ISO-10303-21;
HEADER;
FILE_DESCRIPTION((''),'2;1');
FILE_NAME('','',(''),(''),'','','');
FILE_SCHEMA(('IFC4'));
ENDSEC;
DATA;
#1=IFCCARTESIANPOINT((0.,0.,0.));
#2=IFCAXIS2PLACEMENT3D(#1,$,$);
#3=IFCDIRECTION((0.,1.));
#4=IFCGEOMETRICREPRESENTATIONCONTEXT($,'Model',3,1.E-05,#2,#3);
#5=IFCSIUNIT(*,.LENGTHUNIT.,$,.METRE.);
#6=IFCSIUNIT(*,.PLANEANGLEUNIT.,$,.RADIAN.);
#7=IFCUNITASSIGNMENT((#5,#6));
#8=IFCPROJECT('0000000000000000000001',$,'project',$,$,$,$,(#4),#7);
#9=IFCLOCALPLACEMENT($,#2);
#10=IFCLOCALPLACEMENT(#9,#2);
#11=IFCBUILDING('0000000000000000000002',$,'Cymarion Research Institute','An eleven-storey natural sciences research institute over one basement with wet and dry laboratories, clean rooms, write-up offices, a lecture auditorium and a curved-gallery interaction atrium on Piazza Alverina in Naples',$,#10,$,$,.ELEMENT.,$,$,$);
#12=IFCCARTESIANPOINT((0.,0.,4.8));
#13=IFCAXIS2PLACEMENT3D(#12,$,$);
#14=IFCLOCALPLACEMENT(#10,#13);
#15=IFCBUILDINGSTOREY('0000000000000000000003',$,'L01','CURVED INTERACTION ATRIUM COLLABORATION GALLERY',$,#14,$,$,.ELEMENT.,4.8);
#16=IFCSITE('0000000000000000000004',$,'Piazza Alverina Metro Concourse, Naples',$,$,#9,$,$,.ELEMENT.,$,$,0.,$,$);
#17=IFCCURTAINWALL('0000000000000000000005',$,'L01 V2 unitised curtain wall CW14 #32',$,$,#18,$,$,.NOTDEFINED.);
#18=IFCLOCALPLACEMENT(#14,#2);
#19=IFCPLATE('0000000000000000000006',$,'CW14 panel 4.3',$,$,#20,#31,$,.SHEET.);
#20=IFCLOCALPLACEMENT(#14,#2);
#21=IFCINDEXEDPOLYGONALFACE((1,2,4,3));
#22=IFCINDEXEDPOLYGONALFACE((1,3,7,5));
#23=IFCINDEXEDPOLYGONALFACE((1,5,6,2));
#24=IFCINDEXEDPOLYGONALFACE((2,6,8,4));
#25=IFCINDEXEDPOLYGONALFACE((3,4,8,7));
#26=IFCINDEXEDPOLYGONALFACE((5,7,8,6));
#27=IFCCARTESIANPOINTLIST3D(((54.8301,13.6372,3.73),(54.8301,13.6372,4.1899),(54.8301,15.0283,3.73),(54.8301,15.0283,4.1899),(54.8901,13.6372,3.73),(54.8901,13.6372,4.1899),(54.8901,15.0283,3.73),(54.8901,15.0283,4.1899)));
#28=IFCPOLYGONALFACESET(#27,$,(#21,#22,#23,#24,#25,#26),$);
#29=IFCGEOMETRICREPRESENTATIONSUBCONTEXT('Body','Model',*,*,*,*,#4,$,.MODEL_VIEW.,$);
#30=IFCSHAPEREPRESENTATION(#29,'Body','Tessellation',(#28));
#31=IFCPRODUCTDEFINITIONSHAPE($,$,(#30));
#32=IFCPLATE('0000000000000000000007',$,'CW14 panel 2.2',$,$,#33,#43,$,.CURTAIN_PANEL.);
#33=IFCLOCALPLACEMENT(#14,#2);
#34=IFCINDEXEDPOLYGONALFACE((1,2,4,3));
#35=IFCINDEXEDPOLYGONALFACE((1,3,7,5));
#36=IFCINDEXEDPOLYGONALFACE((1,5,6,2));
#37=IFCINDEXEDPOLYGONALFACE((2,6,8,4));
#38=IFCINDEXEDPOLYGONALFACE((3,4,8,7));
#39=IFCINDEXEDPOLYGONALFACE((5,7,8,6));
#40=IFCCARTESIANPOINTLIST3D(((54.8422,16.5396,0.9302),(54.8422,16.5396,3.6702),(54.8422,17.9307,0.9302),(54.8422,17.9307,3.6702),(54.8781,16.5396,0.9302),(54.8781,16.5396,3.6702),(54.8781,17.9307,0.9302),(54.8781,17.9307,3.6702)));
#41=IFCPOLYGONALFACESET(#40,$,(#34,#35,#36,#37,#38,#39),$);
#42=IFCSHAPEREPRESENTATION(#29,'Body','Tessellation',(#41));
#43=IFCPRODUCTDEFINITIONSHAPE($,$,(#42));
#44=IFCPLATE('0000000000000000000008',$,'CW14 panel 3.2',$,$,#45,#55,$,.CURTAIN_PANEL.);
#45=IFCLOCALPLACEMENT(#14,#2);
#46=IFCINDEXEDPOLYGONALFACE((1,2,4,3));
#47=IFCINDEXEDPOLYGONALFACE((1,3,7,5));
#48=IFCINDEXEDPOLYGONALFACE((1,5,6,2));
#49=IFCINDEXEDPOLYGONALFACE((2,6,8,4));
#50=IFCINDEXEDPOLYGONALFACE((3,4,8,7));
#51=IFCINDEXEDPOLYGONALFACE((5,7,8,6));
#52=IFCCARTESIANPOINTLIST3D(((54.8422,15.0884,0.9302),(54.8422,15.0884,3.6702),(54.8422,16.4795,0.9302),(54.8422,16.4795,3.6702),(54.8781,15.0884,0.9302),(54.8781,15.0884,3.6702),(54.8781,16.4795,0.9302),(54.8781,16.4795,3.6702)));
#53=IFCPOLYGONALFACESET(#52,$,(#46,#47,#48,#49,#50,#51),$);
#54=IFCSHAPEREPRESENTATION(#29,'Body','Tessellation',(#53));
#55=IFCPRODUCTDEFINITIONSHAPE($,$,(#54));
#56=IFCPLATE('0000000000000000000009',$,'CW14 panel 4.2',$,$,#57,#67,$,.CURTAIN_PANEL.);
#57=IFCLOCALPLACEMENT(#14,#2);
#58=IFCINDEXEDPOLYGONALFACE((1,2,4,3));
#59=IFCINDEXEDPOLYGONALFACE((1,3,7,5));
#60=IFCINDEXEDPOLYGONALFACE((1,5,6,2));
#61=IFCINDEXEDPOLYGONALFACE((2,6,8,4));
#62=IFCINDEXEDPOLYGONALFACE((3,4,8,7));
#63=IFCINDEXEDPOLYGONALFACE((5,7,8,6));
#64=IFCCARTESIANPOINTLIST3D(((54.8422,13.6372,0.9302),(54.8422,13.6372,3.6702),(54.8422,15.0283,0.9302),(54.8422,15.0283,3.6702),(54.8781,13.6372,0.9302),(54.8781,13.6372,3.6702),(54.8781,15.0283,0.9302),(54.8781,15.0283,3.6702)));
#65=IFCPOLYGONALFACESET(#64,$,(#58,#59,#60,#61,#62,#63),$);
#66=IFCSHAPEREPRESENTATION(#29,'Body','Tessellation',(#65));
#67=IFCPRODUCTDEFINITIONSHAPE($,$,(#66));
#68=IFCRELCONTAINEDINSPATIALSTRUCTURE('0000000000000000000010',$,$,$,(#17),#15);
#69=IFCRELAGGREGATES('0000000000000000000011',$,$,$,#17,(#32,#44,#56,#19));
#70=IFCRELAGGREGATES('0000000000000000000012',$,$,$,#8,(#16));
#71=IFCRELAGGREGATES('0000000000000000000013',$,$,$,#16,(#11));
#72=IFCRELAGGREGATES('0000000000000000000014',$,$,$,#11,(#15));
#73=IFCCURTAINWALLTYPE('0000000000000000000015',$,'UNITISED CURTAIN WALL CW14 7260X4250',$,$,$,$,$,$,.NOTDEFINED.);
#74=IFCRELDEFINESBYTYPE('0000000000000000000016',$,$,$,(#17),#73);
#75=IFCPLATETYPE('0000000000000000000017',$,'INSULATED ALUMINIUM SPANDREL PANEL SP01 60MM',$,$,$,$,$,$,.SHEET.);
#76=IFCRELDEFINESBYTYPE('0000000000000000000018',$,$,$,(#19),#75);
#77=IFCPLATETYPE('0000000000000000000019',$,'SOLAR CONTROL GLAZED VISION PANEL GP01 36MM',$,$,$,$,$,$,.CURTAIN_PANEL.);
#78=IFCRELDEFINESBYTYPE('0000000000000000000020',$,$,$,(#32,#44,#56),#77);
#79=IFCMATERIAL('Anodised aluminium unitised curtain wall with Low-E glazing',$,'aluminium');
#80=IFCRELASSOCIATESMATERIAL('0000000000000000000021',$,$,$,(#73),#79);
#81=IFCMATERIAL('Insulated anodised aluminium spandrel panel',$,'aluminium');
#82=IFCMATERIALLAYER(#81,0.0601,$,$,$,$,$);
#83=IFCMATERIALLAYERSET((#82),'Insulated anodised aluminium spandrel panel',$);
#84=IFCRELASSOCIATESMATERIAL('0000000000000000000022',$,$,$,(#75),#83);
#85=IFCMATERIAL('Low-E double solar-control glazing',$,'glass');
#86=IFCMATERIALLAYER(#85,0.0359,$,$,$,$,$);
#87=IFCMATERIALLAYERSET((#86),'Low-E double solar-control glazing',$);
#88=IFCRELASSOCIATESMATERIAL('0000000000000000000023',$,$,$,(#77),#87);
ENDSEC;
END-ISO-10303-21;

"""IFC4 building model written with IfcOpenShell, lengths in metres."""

from ifc_helpers import new_model, si_unit, direction, frame, origin, origin_2d, place, context, subcontext, project, spatial, rectangle, extrude, material, layer, layer_set, type_object, element, aggregate, save


model = new_model("IFC4")

# Units and contexts
model_context = context("Model", 3, precision=1e-05, world=origin(), true_north=direction((0.0, 1.0)))
body_context = subcontext(model_context, "Body", "Model", "MODEL_VIEW")
ifc_project = project(units=[si_unit("LENGTHUNIT", "METRE"), si_unit("PLANEANGLEUNIT", "RADIAN")], contexts=[model_context])

# Site, building, storey
site_placement = place(None, origin())
site = spatial("IfcSite", under=ifc_project, at=site_placement, Name="Piazza Alverina Metro Concourse, Naples", CompositionType="ELEMENT", RefElevation=0.0)
building_placement = place(site_placement, origin())
building = spatial("IfcBuilding", under=site, at=building_placement, Name="Cymarion Research Institute", Description="An eleven-storey natural sciences research institute over one basement with wet and dry laboratories, clean rooms, write-up offices, a lecture auditorium and a curved-gallery interaction atrium on Piazza Alverina in Naples", CompositionType="ELEMENT")
storey_placement = place(building_placement, frame((0.0, 0.0, 4.8)))
storey = spatial("IfcBuildingStorey", under=building, at=storey_placement, Name="L01", Description="CURVED INTERACTION ATRIUM COLLABORATION GALLERY", CompositionType="ELEMENT", Elevation=4.8)

# Curtain wall
ifc_material_1 = material(Name="Anodised aluminium unitised curtain wall with Low-E glazing", Category="aluminium")
curtain_wall_type = type_object("IfcCurtainWallType", Name="UNITISED CURTAIN WALL CW14 7260X4250", PredefinedType="NOTDEFINED", material=ifc_material_1)
curtain_wall_placement = place(storey_placement, origin())
curtain_wall = element("IfcCurtainWall", 1, at=curtain_wall_placement, inside=storey, type_object=curtain_wall_type, Name="L01 V2 unitised curtain wall CW14 #32", PredefinedType="NOTDEFINED")

# Plates
ifc_material_2 = material(Name="Insulated anodised aluminium spandrel panel", Category="aluminium")
ifc_layer_1 = layer(ifc_material_2, 0.0601)
ifc_layer_set_1 = layer_set([ifc_layer_1], Name="Insulated anodised aluminium spandrel panel")
plate_type_1 = type_object("IfcPlateType", Name="INSULATED ALUMINIUM SPANDREL PANEL SP01 60MM", PredefinedType="SHEET", material=ifc_layer_set_1)
plate_1_placement = place(storey_placement, frame((54.8601, 14.3328, 3.73), z_axis=(0.0, 0.0, 1.0), x_axis=(0.0, -1.0, 0.0)))
plate_1 = element("IfcPlate", 2, at=plate_1_placement, type_object=plate_type_1, Name="CW14 panel 4.3", PredefinedType="SHEET", context=body_context, shape_type="SweptSolid", body=[
    extrude(rectangle(XDim=1.3911, YDim=0.0601, at=origin_2d()), origin(), (0.0, 0.0, 1.0), 0.46),
])
ifc_material_3 = material(Name="Low-E double solar-control glazing", Category="glass")
ifc_layer_2 = layer(ifc_material_3, 0.0359)
ifc_layer_set_2 = layer_set([ifc_layer_2], Name="Low-E double solar-control glazing")
plate_type_2 = type_object("IfcPlateType", Name="SOLAR CONTROL GLAZED VISION PANEL GP01 36MM", PredefinedType="CURTAIN_PANEL", material=ifc_layer_set_2)
plate_2_placement = place(storey_placement, frame((54.8601, 17.2351, 0.9302), z_axis=(0.0, 0.0, 1.0), x_axis=(0.0, -1.0, 0.0)))
plate_2 = element("IfcPlate", 3, at=plate_2_placement, type_object=plate_type_2, Name="CW14 panel 2.2", PredefinedType="CURTAIN_PANEL", context=body_context, shape_type="SweptSolid", body=[
    extrude(rectangle(XDim=1.3911, YDim=0.0359, at=origin_2d()), origin(), (0.0, 0.0, 1.0), 2.74),
])
plate_3_placement = place(storey_placement, frame((54.8601, 15.7839, 0.9302), z_axis=(0.0, 0.0, 1.0), x_axis=(0.0, -1.0, 0.0)))
plate_3 = element("IfcPlate", 4, at=plate_3_placement, type_object=plate_type_2, Name="CW14 panel 3.2", PredefinedType="CURTAIN_PANEL", context=body_context, shape_type="SweptSolid", body=[
    extrude(rectangle(XDim=1.3911, YDim=0.0359, at=origin_2d()), origin(), (0.0, 0.0, 1.0), 2.74),
])
plate_4_placement = place(storey_placement, frame((54.8601, 14.3328, 0.9302), z_axis=(0.0, 0.0, 1.0), x_axis=(0.0, -1.0, 0.0)))
plate_4 = element("IfcPlate", 5, at=plate_4_placement, type_object=plate_type_2, Name="CW14 panel 4.2", PredefinedType="CURTAIN_PANEL", context=body_context, shape_type="SweptSolid", body=[
    extrude(rectangle(XDim=1.3911, YDim=0.0359, at=origin_2d()), origin(), (0.0, 0.0, 1.0), 2.74),
])
aggregate(curtain_wall, [plate_2, plate_3, plate_4, plate_1])

save(model, "model.ifc")
